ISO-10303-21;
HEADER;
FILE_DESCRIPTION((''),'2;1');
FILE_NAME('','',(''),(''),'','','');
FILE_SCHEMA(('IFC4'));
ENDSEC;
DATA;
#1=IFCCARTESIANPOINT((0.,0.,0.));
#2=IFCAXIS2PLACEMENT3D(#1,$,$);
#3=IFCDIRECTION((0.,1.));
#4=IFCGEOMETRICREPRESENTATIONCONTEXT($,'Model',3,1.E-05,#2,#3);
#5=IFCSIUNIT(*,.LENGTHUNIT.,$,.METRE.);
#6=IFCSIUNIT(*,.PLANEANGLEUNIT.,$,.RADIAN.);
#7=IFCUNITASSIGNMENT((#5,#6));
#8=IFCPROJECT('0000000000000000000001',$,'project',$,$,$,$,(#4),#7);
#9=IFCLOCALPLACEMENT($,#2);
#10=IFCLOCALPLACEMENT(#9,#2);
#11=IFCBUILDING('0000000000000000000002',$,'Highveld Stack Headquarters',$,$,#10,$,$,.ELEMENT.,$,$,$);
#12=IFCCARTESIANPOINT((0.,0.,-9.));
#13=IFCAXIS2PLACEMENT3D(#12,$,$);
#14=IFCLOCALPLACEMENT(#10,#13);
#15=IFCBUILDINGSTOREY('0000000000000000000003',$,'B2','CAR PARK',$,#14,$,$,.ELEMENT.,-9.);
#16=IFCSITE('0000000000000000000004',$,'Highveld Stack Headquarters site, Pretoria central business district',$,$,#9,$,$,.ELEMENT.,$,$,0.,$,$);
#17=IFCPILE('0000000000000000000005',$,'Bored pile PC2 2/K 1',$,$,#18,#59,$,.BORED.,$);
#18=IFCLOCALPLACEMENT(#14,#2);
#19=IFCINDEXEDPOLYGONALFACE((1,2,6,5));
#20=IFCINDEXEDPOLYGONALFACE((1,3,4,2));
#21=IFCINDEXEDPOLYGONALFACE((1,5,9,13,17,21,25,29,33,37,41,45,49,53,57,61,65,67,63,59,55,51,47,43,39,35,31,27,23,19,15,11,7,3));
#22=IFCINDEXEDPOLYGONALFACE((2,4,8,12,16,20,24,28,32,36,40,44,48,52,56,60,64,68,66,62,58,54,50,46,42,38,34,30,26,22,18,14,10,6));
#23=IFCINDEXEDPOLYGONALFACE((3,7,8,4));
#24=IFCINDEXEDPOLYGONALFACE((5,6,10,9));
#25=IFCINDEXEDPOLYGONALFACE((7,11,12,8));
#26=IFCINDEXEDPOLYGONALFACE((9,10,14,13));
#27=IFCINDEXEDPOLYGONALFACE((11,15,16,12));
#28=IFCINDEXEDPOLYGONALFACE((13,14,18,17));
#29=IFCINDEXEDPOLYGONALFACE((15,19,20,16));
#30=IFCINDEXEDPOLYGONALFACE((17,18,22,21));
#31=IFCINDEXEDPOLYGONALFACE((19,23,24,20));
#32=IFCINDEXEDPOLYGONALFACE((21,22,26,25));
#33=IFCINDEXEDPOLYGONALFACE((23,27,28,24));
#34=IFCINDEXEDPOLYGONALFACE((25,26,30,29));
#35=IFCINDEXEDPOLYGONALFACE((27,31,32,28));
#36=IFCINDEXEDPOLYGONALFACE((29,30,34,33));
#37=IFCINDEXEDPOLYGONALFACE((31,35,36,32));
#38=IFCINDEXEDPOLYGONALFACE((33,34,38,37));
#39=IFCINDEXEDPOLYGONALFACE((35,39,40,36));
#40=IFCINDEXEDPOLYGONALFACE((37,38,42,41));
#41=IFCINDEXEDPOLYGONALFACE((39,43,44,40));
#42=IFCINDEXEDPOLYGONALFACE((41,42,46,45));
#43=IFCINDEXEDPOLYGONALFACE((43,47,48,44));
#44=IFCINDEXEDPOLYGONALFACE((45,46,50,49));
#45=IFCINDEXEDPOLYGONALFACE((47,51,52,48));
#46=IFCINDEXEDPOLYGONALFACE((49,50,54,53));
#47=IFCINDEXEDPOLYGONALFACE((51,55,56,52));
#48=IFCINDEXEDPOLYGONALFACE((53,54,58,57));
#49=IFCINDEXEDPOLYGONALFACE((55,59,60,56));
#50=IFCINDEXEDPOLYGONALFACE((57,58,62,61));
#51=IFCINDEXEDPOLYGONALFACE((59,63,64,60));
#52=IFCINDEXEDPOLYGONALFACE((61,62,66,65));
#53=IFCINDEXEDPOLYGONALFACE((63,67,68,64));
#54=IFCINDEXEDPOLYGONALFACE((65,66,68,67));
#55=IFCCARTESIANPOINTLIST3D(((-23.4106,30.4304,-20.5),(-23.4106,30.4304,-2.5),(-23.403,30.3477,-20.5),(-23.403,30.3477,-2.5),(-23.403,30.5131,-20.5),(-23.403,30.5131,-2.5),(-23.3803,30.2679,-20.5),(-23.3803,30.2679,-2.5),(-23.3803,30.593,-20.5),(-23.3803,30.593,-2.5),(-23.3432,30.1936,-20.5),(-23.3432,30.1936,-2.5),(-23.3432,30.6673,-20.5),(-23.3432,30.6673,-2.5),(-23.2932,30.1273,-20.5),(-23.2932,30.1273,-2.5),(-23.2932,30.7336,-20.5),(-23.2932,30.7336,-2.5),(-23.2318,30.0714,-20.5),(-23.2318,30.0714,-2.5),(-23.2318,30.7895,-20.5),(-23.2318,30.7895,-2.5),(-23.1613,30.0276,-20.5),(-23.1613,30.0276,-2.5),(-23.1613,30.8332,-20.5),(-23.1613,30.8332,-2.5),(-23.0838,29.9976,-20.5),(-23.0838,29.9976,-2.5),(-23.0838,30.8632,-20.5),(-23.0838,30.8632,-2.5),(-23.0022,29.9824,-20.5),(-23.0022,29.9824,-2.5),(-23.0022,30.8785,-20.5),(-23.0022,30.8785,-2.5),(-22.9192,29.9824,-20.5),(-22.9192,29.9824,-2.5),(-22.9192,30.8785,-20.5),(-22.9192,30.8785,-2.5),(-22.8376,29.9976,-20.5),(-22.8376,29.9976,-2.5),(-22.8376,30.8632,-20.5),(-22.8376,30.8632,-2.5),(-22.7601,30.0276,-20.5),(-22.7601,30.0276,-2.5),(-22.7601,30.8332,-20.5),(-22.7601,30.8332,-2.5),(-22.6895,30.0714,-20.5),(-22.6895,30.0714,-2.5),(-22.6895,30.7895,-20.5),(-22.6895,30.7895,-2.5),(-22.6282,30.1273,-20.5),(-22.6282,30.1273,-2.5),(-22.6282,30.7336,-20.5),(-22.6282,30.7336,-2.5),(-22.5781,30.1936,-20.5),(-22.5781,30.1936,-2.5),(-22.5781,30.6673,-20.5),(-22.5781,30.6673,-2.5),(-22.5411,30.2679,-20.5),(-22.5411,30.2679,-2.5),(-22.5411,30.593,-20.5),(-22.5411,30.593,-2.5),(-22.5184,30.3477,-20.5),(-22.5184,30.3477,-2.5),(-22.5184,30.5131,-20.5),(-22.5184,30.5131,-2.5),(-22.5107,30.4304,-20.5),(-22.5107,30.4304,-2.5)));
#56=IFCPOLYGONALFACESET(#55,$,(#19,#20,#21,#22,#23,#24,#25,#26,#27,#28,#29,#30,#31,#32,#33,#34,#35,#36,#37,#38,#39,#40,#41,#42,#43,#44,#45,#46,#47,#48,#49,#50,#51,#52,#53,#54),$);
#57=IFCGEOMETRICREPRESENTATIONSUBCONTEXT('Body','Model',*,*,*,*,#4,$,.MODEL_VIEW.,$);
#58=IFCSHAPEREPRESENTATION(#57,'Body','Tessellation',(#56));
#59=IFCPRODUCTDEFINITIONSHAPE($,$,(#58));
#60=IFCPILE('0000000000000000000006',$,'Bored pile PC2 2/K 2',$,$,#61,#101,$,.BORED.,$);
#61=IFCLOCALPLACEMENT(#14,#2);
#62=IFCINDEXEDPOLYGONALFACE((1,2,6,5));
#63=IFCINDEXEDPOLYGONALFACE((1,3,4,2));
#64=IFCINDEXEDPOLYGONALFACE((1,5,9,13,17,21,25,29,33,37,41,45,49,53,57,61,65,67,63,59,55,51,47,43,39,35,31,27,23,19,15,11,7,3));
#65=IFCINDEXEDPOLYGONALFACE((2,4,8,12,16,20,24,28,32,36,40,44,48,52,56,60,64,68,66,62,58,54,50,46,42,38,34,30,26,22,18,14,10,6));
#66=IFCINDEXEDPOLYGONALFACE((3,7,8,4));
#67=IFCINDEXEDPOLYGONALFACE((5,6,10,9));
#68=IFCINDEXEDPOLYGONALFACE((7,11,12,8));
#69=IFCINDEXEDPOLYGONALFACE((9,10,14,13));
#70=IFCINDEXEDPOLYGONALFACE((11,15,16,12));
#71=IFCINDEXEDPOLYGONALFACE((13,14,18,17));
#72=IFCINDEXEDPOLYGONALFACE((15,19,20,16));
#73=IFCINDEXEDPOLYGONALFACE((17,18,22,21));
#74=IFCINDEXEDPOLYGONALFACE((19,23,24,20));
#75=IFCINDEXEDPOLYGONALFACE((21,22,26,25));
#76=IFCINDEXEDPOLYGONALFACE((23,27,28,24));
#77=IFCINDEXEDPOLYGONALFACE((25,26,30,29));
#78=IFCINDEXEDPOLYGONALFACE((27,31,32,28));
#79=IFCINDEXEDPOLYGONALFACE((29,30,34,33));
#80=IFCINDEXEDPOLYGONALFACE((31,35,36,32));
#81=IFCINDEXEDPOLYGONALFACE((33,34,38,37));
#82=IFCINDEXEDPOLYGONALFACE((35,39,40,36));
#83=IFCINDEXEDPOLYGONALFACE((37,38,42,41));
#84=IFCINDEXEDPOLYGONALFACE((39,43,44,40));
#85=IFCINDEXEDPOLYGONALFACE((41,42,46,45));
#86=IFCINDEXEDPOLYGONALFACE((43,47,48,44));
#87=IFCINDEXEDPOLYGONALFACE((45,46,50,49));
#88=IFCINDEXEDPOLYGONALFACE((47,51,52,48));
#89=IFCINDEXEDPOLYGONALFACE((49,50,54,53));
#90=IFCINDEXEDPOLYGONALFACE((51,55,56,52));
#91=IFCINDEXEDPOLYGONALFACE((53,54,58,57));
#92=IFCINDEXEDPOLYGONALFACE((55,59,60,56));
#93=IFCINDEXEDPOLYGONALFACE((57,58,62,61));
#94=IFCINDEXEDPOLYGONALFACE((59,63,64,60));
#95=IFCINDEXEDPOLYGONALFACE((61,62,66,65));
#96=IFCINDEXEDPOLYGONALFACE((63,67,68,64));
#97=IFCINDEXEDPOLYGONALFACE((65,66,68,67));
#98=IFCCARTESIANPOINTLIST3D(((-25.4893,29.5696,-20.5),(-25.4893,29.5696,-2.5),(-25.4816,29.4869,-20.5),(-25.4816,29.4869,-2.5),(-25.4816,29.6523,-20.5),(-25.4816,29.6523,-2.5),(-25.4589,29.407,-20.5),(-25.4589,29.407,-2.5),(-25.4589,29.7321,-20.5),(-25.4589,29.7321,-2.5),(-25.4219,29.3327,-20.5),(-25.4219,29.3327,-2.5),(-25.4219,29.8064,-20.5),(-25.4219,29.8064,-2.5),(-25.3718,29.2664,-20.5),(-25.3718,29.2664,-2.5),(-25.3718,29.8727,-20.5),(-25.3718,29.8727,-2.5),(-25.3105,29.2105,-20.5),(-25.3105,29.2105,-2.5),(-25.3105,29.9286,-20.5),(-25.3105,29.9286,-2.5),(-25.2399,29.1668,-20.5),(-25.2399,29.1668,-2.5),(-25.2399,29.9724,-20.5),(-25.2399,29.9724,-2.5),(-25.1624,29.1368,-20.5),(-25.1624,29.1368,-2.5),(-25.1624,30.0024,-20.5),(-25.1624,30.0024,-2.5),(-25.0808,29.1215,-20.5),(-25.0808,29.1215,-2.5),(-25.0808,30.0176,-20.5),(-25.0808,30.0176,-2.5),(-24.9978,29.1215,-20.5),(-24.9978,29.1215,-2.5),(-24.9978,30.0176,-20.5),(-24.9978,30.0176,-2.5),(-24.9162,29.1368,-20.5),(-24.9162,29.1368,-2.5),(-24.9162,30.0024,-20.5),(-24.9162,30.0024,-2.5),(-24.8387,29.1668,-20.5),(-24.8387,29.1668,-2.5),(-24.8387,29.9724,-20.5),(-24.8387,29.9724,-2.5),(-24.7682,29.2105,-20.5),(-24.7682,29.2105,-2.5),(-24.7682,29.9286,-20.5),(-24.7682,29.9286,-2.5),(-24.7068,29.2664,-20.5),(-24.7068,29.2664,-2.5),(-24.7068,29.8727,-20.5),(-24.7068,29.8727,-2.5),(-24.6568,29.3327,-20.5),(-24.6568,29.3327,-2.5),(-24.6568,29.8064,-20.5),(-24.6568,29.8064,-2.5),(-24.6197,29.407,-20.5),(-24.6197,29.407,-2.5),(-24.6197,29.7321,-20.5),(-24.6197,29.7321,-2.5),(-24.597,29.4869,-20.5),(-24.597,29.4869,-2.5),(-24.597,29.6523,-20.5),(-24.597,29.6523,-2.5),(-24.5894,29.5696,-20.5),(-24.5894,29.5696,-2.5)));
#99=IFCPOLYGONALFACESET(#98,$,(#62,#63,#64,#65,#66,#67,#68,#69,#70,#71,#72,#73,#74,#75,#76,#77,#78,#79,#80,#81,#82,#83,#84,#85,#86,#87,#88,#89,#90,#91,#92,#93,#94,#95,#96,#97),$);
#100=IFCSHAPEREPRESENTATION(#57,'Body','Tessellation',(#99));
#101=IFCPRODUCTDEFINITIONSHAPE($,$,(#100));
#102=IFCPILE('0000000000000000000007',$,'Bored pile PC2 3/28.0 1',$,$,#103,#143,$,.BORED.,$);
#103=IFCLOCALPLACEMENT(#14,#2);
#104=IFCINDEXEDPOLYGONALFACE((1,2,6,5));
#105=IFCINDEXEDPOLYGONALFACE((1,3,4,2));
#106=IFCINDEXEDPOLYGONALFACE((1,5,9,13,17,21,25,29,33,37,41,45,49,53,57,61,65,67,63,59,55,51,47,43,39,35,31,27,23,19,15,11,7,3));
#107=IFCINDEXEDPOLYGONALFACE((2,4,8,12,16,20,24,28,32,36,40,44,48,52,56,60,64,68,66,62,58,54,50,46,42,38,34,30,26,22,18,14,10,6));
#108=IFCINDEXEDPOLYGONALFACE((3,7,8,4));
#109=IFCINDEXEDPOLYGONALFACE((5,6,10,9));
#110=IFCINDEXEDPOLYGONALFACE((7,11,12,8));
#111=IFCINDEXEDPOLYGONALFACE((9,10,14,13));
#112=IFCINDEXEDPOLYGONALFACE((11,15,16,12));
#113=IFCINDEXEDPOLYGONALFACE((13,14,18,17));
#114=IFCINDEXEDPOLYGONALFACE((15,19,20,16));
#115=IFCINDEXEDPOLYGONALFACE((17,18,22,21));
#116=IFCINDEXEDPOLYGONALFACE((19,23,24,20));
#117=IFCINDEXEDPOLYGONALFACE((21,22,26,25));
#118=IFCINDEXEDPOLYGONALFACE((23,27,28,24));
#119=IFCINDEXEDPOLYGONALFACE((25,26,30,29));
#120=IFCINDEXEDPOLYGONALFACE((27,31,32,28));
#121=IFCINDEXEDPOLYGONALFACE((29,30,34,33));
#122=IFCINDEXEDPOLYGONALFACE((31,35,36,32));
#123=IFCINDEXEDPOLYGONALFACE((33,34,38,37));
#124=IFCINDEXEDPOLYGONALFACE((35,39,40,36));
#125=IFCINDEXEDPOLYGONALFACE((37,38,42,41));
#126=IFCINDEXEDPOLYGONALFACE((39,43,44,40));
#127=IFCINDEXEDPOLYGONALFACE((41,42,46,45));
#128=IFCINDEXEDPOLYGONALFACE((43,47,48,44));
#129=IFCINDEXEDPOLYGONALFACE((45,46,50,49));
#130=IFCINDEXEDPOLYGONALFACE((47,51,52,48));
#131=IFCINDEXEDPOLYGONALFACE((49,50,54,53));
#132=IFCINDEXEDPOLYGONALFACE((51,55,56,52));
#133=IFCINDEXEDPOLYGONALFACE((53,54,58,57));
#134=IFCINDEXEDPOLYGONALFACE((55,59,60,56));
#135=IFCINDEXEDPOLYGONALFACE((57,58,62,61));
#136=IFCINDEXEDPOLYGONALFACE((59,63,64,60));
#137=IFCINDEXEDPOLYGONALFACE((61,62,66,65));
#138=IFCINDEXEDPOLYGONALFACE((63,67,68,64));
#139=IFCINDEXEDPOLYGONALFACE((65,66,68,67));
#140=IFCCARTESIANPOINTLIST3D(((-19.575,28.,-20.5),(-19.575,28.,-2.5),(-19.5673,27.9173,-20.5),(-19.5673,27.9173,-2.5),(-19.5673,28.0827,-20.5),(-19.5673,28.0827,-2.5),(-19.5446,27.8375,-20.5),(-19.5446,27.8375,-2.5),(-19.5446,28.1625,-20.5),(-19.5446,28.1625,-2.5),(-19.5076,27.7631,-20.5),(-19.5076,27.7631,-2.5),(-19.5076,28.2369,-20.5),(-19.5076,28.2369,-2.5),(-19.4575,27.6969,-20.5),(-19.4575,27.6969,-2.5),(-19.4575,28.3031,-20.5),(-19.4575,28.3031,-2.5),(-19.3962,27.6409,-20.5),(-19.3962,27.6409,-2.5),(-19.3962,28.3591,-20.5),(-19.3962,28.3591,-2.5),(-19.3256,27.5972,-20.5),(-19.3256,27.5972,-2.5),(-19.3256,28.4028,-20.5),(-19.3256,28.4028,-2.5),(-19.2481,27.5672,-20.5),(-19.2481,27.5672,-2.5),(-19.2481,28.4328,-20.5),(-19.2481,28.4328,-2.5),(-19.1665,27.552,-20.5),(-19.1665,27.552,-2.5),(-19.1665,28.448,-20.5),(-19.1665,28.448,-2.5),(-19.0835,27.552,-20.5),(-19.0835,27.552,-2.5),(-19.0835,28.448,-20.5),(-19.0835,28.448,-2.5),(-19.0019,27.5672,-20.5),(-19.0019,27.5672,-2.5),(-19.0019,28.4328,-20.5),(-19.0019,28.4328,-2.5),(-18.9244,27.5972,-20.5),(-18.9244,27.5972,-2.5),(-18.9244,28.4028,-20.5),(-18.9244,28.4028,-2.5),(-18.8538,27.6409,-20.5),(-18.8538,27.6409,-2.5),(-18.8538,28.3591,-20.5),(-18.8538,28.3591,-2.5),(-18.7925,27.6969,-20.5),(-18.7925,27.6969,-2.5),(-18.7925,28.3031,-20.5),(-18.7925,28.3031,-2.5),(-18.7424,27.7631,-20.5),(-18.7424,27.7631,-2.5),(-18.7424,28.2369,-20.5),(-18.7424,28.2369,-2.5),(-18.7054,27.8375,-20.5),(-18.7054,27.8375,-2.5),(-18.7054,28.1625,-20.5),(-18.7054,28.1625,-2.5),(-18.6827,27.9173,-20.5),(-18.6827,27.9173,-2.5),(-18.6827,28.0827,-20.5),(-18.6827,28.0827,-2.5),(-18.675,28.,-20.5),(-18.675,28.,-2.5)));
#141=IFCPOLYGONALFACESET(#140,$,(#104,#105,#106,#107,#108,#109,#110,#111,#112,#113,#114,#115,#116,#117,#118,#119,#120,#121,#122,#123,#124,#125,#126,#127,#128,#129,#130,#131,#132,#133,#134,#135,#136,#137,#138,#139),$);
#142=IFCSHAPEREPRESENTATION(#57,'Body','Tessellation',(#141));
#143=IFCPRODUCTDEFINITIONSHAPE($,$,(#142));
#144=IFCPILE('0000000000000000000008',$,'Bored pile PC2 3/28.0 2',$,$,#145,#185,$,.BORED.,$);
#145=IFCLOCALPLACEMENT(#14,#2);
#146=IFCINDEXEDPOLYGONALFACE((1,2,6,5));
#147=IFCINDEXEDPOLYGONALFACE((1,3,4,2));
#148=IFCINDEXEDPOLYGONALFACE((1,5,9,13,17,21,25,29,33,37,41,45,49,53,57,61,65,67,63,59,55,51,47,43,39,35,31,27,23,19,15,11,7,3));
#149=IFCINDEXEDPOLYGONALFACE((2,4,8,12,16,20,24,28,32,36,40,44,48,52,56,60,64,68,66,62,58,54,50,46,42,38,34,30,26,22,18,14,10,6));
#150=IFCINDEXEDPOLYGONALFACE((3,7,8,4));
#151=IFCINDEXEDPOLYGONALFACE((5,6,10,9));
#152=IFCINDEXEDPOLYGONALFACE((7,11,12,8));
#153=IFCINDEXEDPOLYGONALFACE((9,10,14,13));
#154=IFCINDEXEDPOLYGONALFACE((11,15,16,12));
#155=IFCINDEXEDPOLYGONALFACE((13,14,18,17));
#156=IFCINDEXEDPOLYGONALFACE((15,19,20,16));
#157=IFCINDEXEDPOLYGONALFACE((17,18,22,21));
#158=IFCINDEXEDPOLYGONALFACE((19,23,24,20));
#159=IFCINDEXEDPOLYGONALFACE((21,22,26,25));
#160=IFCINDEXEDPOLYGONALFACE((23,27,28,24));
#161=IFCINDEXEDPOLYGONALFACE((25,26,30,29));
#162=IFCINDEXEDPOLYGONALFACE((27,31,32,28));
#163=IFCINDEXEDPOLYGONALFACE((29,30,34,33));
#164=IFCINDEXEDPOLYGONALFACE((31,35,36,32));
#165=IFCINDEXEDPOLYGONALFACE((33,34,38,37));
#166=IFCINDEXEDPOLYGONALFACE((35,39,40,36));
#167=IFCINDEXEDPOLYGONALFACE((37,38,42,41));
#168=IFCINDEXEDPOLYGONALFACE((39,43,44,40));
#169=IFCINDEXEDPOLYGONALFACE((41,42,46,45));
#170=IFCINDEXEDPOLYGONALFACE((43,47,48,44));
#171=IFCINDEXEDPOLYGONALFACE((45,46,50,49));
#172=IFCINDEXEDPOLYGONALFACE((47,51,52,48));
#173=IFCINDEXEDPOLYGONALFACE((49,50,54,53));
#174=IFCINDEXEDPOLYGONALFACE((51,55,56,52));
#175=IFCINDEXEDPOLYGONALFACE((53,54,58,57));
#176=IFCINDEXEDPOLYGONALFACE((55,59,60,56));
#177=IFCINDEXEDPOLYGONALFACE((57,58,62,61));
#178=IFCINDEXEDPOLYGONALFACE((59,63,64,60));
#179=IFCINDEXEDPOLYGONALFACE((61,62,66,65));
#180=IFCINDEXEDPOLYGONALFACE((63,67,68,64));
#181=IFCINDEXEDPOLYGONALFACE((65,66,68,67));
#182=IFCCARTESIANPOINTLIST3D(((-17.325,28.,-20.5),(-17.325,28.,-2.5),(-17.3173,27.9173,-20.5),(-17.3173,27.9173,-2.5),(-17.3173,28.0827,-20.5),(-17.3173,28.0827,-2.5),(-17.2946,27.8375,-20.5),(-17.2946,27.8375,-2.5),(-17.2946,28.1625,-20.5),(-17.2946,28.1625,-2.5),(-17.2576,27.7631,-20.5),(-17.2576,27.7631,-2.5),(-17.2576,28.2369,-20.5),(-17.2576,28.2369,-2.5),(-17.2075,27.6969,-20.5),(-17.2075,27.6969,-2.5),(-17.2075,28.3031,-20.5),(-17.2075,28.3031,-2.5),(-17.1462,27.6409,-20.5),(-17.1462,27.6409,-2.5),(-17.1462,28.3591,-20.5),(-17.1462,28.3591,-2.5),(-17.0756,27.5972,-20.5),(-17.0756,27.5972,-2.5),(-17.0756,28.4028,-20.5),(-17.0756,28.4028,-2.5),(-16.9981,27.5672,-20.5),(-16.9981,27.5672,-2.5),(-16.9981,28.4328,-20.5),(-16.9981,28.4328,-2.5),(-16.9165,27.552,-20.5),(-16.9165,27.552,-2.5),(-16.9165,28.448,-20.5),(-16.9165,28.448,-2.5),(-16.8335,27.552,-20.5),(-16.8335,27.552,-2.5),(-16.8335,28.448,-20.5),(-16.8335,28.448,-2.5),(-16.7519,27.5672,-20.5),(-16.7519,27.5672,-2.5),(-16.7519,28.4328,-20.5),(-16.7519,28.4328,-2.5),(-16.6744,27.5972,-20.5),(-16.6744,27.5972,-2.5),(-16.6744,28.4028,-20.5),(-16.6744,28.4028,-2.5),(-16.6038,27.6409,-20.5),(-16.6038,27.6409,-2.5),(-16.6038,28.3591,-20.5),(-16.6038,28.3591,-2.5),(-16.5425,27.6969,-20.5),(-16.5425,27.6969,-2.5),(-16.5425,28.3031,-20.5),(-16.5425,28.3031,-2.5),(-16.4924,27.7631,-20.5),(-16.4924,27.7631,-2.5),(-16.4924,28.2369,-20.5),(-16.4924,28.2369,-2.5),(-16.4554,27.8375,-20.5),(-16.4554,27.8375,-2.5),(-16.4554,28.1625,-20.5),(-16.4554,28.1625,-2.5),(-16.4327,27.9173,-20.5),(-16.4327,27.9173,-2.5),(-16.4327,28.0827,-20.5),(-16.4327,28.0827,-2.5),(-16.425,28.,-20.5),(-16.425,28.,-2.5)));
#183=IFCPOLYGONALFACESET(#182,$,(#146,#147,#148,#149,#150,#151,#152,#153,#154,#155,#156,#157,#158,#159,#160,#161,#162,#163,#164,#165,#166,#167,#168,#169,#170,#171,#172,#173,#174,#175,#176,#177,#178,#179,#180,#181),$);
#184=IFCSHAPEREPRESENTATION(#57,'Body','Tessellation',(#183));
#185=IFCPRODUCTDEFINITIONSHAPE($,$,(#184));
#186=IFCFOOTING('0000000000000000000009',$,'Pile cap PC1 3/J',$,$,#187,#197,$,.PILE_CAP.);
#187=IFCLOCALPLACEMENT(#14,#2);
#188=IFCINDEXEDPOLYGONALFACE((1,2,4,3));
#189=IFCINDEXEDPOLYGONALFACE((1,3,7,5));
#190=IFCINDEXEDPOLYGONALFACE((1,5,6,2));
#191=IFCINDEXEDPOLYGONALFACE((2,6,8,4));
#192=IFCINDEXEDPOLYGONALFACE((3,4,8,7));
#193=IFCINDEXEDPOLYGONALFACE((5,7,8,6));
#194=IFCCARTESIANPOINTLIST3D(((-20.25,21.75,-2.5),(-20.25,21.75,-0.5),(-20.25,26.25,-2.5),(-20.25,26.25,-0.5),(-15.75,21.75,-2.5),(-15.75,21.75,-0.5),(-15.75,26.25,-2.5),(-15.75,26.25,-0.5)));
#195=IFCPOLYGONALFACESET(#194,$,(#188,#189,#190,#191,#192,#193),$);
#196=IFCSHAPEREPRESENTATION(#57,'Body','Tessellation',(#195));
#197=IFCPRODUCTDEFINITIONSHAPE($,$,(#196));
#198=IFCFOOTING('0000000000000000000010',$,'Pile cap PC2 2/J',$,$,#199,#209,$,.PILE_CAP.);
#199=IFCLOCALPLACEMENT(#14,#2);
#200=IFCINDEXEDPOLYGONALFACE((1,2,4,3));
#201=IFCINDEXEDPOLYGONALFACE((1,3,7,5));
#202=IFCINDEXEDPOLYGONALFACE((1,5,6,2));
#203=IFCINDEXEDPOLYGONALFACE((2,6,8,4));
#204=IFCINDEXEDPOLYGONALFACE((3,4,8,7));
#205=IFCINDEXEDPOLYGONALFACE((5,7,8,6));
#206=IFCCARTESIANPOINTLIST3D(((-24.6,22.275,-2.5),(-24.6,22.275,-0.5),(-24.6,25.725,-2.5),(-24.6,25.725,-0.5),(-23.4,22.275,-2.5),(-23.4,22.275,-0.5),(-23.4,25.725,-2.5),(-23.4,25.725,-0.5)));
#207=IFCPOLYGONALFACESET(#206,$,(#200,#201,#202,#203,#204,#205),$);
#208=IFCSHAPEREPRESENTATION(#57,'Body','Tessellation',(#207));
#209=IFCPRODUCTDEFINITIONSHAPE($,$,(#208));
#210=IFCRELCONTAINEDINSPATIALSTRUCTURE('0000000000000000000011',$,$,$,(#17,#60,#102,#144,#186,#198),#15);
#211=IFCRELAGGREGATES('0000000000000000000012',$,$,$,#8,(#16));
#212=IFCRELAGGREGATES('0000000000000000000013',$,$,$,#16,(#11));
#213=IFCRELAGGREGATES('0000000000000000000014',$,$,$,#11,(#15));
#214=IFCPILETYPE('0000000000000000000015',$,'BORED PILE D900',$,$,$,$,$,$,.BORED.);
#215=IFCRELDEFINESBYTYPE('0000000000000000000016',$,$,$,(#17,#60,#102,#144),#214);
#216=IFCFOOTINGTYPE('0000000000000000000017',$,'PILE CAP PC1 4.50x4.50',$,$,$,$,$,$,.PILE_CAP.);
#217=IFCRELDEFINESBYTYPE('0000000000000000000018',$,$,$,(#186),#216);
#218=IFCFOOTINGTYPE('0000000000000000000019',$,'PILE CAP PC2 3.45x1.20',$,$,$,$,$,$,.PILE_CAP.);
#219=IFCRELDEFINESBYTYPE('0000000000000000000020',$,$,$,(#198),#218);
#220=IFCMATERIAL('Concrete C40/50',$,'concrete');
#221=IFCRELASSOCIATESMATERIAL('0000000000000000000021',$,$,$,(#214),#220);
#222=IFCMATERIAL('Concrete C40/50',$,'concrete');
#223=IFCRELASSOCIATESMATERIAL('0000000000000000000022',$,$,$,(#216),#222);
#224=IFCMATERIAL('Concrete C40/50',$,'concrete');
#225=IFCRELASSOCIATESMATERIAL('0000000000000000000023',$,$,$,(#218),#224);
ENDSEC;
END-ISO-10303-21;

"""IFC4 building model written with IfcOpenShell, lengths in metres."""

from ifc_helpers import new_model, si_unit, direction, frame, origin, origin_2d, place, context, subcontext, project, spatial, rectangle, circle, extrude, material, type_object, element, save


model = new_model("IFC4")

# Units and contexts
model_context = context("Model", 3, precision=1e-05, world=origin(), true_north=direction((0.0, 1.0)))
body_context = subcontext(model_context, "Body", "Model", "MODEL_VIEW")
ifc_project = project(units=[si_unit("LENGTHUNIT", "METRE"), si_unit("PLANEANGLEUNIT", "RADIAN")], contexts=[model_context])

# Site, building, storey
site_placement = place(None, origin())
site = spatial("IfcSite", under=ifc_project, at=site_placement, Name="Highveld Stack Headquarters site, Pretoria central business district", CompositionType="ELEMENT", RefElevation=0.0)
building_placement = place(site_placement, origin())
building = spatial("IfcBuilding", under=site, at=building_placement, Name="Highveld Stack Headquarters", CompositionType="ELEMENT")
storey_placement = place(building_placement, frame((0.0, 0.0, -9.0)))
storey = spatial("IfcBuildingStorey", under=building, at=storey_placement, Name="B2", Description="CAR PARK", CompositionType="ELEMENT", Elevation=-9.0)

# Piles
ifc_material_1 = material(Name="Concrete C40/50", Category="concrete")
pile_type_1 = type_object("IfcPileType", Name="BORED PILE D900", PredefinedType="BORED", material=ifc_material_1)
for number, where, z_axis, x_axis, name in (
    (1, (-22.9607, 30.4304, -2.5), (0.0, 0.0, -1.0), (1.0, 0.0, 0.0), "Bored pile PC2 2/K 1"),
    (2, (-25.0393, 29.5696, -2.5), (0.0, 0.0, -1.0), (1.0, 0.0, 0.0), "Bored pile PC2 2/K 2"),
    (3, (-19.125, 28.0, -2.5), (0.0, 0.0, -1.0), (1.0, 0.0, 0.0), "Bored pile PC2 3/28.0 1"),
    (4, (-16.875, 28.0, -2.5), (0.0, 0.0, -1.0), (1.0, 0.0, 0.0), "Bored pile PC2 3/28.0 2"),
):
    element("IfcPile", number, at=place(storey_placement, frame(where, z_axis=z_axis, x_axis=x_axis)), inside=storey, type_object=pile_type_1, Name=name, PredefinedType="BORED", context=body_context, shape_type="SweptSolid", body=[
        extrude(circle(Radius=0.45, at=origin_2d()), origin(), (0.0, 0.0, 1.0), 18.0),
    ])

# Footings
ifc_material_2 = material(Name="Concrete C40/50", Category="concrete")
footing_type_1 = type_object("IfcFootingType", Name="PILE CAP PC1 4.50x4.50", PredefinedType="PILE_CAP", material=ifc_material_2)
footing_placement = place(storey_placement, frame((-18.0, 24.0, -2.5), z_axis=(0.0, 0.0, 1.0), x_axis=(1.0, 0.0, 0.0)))
element("IfcFooting", 5, at=footing_placement, inside=storey, type_object=footing_type_1, Name="Pile cap PC1 3/J", PredefinedType="PILE_CAP", context=body_context, shape_type="SweptSolid", body=[
    extrude(rectangle(XDim=4.5, YDim=4.5, at=origin_2d()), origin(), (0.0, 0.0, 1.0), 2.0),
])
ifc_material_3 = material(Name="Concrete C40/50", Category="concrete")
footing_type_2 = type_object("IfcFootingType", Name="PILE CAP PC2 3.45x1.20", PredefinedType="PILE_CAP", material=ifc_material_3)
for number, where, z_axis, x_axis, name in (
    (6, (-24.0, 24.0, -2.5), (0.0, 0.0, 1.0), (0.0, 1.0, 0.0), "Pile cap PC2 2/J"),
):
    element("IfcFooting", number, at=place(storey_placement, frame(where, z_axis=z_axis, x_axis=x_axis)), inside=storey, type_object=footing_type_2, Name=name, PredefinedType="PILE_CAP", context=body_context, shape_type="SweptSolid", body=[
        extrude(rectangle(XDim=3.45, YDim=1.2, at=origin_2d()), origin(), (0.0, 0.0, 1.0), 2.0),
    ])

save(model, "model.ifc")
